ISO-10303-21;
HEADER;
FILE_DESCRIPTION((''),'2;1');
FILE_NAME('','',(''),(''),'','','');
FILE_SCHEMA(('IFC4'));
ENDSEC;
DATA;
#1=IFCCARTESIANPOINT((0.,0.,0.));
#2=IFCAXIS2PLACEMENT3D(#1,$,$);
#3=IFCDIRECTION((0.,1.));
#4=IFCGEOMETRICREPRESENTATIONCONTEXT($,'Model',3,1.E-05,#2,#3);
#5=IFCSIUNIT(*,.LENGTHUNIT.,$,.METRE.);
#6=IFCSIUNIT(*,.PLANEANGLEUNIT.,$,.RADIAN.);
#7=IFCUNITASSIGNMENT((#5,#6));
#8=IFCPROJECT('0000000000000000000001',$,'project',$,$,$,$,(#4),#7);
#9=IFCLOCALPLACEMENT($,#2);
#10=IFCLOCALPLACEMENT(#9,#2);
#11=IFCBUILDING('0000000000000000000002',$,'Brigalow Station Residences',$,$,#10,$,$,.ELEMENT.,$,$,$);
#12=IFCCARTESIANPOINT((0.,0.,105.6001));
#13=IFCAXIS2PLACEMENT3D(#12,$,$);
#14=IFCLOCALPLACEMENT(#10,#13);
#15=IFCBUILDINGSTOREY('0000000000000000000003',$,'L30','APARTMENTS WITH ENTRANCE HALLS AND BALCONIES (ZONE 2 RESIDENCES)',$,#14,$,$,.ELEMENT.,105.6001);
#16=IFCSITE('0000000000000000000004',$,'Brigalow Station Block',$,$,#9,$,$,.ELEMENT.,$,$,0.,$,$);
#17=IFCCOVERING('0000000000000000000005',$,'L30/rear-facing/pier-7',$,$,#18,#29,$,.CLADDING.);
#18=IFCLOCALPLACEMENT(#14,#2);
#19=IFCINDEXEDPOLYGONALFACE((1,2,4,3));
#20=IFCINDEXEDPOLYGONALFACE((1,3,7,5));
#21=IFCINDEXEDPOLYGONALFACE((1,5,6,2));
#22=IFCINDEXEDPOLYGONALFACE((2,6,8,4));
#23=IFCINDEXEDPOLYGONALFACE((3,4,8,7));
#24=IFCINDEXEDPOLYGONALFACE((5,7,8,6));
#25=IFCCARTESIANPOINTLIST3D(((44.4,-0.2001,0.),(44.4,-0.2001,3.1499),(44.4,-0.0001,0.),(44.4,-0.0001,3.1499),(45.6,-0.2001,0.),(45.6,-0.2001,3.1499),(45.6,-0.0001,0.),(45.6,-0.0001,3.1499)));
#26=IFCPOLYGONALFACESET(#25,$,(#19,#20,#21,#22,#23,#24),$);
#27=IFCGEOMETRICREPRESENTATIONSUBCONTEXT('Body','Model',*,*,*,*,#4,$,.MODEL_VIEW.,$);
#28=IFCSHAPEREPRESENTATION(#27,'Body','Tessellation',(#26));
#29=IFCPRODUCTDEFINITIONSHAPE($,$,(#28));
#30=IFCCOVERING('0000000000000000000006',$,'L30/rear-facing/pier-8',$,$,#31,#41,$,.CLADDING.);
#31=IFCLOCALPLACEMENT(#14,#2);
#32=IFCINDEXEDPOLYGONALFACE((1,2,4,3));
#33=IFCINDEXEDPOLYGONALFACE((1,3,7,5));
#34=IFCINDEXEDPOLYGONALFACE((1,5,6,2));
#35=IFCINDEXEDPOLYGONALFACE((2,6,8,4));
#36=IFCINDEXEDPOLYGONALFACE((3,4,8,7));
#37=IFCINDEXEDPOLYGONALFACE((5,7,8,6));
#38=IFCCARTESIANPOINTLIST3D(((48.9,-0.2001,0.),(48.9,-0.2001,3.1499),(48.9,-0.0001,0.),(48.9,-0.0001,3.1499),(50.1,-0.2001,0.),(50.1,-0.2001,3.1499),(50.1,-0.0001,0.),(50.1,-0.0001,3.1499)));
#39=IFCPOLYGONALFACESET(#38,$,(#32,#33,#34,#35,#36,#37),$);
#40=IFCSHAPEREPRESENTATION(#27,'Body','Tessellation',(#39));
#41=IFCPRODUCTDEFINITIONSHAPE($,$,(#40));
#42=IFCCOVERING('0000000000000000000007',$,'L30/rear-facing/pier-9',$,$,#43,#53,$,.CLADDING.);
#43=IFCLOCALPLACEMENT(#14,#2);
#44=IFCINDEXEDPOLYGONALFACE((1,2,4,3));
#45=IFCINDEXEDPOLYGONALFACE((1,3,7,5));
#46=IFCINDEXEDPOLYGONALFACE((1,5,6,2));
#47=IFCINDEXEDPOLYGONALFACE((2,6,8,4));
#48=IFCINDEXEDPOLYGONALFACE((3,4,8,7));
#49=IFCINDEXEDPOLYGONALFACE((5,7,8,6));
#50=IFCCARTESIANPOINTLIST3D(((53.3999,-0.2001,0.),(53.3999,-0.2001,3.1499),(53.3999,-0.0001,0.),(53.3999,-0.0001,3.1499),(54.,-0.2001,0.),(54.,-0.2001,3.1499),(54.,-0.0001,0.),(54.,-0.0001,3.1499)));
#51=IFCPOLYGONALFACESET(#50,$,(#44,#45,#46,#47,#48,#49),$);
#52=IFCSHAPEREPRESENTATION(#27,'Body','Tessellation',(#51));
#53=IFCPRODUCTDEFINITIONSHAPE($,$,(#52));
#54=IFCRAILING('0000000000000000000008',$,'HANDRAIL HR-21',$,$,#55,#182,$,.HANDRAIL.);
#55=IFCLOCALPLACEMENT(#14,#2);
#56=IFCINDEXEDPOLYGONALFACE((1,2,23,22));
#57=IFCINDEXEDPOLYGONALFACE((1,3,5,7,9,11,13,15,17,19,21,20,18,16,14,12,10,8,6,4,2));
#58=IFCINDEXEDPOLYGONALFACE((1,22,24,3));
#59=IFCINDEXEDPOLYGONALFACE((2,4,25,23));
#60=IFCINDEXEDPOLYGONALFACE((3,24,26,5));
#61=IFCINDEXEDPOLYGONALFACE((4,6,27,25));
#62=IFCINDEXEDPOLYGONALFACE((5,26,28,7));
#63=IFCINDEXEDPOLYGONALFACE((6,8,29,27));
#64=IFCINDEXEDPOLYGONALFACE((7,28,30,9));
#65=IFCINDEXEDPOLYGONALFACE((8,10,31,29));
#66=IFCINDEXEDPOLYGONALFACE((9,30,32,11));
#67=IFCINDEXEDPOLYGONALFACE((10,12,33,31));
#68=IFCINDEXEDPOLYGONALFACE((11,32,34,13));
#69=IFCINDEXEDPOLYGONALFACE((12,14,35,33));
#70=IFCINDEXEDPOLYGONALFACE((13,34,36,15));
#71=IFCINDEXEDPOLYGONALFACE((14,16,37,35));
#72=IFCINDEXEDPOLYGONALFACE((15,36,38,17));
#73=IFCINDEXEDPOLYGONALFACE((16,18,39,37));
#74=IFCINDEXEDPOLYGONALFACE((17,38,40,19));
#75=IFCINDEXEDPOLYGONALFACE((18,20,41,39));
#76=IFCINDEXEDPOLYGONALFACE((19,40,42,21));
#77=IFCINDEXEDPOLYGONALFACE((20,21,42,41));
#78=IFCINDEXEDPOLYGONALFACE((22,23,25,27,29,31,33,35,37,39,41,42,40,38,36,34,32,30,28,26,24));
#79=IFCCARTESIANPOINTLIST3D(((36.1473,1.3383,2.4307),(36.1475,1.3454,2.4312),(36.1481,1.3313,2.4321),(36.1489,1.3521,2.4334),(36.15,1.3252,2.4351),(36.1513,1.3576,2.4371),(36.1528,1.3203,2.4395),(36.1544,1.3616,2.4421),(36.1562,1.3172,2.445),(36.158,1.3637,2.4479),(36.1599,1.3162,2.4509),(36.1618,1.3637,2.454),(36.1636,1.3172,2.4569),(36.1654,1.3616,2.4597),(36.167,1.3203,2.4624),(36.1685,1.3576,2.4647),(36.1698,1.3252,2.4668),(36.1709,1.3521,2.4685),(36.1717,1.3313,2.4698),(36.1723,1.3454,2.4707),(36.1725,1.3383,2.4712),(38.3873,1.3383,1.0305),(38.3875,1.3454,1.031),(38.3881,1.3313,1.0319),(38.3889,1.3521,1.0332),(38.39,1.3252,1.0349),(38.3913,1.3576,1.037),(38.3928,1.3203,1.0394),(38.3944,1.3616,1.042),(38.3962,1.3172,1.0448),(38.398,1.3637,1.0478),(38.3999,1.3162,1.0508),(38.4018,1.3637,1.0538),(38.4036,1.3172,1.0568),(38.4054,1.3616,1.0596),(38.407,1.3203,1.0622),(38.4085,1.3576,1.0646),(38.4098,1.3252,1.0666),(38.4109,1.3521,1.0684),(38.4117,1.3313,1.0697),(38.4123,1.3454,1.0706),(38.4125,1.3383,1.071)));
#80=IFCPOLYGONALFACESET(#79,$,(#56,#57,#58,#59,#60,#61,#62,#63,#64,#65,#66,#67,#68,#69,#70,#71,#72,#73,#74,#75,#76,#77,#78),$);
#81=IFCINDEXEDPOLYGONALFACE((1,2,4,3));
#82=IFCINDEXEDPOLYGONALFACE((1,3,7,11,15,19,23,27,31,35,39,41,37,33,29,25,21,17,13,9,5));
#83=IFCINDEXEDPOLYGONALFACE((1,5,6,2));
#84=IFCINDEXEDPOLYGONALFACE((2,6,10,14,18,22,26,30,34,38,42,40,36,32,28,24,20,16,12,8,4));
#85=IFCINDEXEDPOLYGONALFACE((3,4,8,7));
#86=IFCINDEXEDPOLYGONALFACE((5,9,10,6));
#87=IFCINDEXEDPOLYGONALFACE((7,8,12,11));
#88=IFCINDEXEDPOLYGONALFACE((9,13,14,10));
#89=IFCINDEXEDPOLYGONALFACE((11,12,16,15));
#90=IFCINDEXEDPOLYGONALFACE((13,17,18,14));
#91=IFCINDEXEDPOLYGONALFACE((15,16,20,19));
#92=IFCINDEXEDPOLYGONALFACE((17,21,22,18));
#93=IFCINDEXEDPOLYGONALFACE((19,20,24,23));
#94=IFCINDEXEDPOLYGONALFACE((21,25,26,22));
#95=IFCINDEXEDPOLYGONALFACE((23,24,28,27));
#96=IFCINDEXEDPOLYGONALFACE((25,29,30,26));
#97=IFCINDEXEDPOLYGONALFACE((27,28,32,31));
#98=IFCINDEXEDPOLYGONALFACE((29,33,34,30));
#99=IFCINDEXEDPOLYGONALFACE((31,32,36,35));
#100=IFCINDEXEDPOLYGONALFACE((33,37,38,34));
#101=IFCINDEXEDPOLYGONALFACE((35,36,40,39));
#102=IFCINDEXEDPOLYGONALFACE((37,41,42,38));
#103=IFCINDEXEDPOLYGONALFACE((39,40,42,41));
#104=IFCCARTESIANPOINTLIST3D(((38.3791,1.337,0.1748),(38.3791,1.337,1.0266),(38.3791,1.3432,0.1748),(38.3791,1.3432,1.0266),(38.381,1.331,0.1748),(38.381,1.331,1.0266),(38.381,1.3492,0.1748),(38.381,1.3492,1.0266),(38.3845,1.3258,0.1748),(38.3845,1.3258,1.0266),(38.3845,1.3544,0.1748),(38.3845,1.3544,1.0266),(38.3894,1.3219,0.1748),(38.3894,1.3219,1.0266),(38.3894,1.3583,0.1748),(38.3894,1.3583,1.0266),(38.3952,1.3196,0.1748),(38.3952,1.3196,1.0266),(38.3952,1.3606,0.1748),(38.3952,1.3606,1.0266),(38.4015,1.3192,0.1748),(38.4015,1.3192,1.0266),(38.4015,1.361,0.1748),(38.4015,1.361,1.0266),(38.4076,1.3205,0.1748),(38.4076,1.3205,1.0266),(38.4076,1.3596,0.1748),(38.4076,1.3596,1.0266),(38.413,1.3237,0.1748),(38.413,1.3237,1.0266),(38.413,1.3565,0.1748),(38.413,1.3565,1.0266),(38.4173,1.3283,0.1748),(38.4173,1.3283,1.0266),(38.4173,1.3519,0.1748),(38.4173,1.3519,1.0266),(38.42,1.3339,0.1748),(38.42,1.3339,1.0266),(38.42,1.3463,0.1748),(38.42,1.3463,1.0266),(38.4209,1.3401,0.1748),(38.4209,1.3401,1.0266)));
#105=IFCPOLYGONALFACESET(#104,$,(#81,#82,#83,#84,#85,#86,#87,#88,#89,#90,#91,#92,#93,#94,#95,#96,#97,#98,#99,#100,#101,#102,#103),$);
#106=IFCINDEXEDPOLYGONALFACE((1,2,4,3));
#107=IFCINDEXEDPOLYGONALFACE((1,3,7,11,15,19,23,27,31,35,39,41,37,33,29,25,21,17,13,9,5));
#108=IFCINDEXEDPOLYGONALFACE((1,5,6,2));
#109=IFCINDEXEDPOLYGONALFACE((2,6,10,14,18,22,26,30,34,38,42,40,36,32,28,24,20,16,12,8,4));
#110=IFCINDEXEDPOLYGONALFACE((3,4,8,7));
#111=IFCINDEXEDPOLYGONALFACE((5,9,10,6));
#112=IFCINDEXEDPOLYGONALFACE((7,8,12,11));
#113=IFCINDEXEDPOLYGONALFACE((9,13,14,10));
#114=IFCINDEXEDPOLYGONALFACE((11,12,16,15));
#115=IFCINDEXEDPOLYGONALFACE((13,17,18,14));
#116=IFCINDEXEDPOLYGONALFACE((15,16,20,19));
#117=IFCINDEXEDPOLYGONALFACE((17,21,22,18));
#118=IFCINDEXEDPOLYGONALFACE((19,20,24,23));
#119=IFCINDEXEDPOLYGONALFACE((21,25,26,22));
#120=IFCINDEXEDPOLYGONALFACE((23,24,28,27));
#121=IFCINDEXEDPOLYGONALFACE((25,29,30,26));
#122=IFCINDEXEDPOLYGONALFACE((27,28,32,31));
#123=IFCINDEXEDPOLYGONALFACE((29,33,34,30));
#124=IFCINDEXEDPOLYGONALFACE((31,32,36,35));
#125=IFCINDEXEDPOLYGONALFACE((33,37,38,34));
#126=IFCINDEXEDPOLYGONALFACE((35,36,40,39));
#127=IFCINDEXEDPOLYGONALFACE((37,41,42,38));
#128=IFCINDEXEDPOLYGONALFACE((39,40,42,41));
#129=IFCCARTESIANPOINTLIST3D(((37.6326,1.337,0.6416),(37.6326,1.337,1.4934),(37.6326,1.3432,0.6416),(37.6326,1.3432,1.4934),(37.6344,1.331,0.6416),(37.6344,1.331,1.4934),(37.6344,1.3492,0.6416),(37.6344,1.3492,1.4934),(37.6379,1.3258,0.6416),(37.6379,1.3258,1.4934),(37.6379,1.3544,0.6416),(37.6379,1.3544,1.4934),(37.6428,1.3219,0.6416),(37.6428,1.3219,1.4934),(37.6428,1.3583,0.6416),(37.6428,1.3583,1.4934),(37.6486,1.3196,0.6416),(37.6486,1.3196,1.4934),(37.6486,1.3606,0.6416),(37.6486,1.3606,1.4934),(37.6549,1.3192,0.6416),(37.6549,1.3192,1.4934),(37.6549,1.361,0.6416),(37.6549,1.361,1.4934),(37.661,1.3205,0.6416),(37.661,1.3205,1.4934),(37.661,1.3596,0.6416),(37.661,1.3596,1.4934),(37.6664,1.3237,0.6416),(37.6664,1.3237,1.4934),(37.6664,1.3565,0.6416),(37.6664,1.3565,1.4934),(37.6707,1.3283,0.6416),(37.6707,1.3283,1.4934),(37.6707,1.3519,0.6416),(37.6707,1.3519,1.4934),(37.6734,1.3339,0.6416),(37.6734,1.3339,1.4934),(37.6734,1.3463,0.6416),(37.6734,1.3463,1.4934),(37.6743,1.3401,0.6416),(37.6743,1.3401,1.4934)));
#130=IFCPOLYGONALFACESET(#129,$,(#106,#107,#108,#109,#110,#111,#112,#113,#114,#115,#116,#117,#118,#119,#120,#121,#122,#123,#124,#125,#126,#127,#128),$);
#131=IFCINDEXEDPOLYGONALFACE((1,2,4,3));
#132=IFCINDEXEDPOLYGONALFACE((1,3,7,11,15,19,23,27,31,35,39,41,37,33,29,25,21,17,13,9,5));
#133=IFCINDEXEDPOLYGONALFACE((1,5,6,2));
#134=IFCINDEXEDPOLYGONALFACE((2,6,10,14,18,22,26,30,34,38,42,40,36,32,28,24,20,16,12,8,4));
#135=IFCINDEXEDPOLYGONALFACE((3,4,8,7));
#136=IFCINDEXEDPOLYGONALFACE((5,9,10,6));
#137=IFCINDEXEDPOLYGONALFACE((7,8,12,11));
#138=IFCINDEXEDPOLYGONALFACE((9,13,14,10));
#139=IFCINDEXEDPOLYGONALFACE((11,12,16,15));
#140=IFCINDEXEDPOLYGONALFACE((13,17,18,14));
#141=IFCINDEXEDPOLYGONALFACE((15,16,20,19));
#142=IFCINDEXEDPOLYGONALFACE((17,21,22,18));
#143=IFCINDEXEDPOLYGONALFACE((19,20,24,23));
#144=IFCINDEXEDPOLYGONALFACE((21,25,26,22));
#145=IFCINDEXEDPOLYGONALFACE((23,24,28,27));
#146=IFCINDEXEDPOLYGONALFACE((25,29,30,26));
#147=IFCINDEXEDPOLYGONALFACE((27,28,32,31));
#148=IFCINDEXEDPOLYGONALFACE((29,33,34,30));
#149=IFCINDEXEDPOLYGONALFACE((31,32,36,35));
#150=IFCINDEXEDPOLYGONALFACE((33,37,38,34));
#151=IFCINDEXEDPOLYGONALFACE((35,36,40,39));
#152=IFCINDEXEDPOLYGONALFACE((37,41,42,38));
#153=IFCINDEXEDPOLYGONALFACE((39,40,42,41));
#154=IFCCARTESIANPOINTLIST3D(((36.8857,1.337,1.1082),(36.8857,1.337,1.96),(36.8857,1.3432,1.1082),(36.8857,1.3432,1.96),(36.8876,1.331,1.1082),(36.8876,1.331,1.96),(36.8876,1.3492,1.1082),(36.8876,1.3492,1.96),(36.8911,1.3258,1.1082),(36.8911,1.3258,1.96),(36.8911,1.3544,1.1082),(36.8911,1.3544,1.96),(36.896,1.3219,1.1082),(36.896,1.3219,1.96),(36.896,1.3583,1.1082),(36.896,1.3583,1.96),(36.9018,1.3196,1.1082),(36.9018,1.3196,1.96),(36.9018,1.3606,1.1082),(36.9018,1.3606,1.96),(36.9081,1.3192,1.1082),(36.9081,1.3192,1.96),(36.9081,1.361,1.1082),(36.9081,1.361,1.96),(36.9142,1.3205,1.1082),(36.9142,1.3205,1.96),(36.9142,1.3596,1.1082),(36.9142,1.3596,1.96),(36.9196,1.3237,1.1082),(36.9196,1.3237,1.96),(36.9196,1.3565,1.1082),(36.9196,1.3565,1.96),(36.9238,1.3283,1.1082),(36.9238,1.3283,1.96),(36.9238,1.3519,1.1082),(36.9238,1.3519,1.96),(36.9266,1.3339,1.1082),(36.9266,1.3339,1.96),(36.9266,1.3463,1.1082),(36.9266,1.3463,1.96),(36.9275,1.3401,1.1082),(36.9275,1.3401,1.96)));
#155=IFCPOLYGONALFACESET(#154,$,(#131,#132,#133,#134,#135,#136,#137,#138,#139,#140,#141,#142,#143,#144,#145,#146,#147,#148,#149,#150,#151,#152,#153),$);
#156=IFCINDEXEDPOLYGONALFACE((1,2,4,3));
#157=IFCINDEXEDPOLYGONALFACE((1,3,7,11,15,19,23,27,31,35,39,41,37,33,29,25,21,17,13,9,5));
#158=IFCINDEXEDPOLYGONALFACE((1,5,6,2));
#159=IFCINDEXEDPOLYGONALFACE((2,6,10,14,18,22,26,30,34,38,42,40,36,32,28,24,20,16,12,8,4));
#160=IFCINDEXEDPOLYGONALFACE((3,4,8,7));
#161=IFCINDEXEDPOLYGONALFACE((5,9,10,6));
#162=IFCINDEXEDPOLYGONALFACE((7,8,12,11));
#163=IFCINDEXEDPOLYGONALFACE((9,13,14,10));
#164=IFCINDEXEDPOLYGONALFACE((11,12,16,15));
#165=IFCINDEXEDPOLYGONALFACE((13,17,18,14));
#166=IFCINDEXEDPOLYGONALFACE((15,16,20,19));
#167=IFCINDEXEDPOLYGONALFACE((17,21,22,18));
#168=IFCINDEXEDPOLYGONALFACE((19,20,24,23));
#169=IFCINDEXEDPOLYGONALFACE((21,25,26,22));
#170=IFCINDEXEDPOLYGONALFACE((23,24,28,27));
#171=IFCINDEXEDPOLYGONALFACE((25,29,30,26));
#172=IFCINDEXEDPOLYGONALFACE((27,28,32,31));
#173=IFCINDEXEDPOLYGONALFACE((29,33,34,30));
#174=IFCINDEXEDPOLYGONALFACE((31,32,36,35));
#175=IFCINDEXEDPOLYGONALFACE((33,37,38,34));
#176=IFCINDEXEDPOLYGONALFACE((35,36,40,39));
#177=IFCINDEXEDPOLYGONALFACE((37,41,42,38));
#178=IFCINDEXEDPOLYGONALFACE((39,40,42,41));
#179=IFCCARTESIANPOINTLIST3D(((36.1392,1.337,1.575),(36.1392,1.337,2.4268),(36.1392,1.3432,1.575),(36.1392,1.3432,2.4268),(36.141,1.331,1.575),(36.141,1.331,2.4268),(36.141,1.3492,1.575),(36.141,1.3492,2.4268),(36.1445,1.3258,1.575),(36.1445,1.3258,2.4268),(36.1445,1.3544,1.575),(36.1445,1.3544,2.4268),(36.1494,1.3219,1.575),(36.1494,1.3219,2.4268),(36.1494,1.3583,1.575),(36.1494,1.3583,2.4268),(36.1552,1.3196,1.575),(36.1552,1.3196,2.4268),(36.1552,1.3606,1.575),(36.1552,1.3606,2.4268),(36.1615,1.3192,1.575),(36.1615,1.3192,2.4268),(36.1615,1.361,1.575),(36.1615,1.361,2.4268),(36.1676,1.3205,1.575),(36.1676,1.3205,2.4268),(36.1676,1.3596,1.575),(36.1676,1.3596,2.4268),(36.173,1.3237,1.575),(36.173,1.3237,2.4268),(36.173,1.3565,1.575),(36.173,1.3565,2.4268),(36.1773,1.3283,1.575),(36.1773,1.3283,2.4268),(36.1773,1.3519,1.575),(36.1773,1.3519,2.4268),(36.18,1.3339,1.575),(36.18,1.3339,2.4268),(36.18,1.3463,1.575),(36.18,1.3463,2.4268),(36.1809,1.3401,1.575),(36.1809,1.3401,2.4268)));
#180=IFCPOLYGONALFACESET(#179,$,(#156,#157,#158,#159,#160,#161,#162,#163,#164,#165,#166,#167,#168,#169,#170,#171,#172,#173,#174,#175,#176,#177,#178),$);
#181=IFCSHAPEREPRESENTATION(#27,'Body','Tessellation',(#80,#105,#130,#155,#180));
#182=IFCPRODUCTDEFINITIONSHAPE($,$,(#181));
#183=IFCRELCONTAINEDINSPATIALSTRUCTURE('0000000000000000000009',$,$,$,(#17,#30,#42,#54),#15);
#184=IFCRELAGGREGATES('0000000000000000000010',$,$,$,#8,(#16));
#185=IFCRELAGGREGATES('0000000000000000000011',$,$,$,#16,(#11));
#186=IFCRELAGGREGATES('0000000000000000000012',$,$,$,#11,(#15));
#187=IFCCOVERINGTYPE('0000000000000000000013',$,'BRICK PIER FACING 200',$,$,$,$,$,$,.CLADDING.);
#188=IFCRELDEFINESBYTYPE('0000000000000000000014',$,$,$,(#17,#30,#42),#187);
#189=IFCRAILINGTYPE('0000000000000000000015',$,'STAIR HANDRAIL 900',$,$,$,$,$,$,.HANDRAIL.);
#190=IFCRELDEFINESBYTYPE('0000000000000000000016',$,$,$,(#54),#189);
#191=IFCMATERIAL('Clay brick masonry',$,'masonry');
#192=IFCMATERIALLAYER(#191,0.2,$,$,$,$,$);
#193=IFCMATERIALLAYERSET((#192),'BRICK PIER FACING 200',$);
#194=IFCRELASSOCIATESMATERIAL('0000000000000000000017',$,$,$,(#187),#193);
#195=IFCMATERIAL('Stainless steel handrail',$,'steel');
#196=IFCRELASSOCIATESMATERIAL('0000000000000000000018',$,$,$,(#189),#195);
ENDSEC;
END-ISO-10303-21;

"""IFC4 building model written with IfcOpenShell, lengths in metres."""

from ifc_helpers import new_model, si_unit, direction, frame, origin, origin_2d, place, context, subcontext, project, spatial, rectangle, circle, extrude, material, layer, layer_set, type_object, element, save


model = new_model("IFC4")

# Units and contexts
model_context = context("Model", 3, precision=1e-05, world=origin(), true_north=direction((0.0, 1.0)))
body_context = subcontext(model_context, "Body", "Model", "MODEL_VIEW")
ifc_project = project(units=[si_unit("LENGTHUNIT", "METRE"), si_unit("PLANEANGLEUNIT", "RADIAN")], contexts=[model_context])

# Site, building, storey
site_placement = place(None, origin())
site = spatial("IfcSite", under=ifc_project, at=site_placement, Name="Brigalow Station Block", CompositionType="ELEMENT", RefElevation=0.0)
building_placement = place(site_placement, origin())
building = spatial("IfcBuilding", under=site, at=building_placement, Name="Brigalow Station Residences", CompositionType="ELEMENT")
storey_placement = place(building_placement, frame((0.0, 0.0, 105.6001)))
storey = spatial("IfcBuildingStorey", under=building, at=storey_placement, Name="L30", Description="APARTMENTS WITH ENTRANCE HALLS AND BALCONIES (ZONE 2 RESIDENCES)", CompositionType="ELEMENT", Elevation=105.6001)

# Coverings
ifc_material_1 = material(Name="Clay brick masonry", Category="masonry")
ifc_layer_1 = layer(ifc_material_1, 0.2)
ifc_layer_set_1 = layer_set([ifc_layer_1], Name="BRICK PIER FACING 200")
covering_type_1 = type_object("IfcCoveringType", Name="BRICK PIER FACING 200", PredefinedType="CLADDING", material=ifc_layer_set_1)
for number, where, z_axis, x_axis, name in (
    (1, (45.0, -0.1001, 0.0), (0.0, 0.0, 1.0), (1.0, 0.0, 0.0), "L30/rear-facing/pier-7"),
    (2, (49.5, -0.1001, 0.0), (0.0, 0.0, 1.0), (1.0, 0.0, 0.0), "L30/rear-facing/pier-8"),
):
    element("IfcCovering", number, at=place(storey_placement, frame(where, z_axis=z_axis, x_axis=x_axis)), inside=storey, type_object=covering_type_1, Name=name, PredefinedType="CLADDING", context=body_context, shape_type="SweptSolid", body=[
        extrude(rectangle(XDim=1.2, YDim=0.2, at=origin_2d()), origin(), (0.0, 0.0, 1.0), 3.1499),
    ])
covering_placement = place(storey_placement, frame((53.7, -0.1001, 0.0), z_axis=(0.0, 0.0, 1.0), x_axis=(1.0, 0.0, 0.0)))
element("IfcCovering", 3, at=covering_placement, inside=storey, type_object=covering_type_1, Name="L30/rear-facing/pier-9", PredefinedType="CLADDING", context=body_context, shape_type="SweptSolid", body=[
    extrude(rectangle(XDim=0.6001, YDim=0.2, at=origin_2d()), origin(), (0.0, 0.0, 1.0), 3.1499),
])

# Railing
ifc_material_2 = material(Name="Stainless steel handrail", Category="steel")
railing_type_1 = type_object("IfcRailingType", Name="STAIR HANDRAIL 900", PredefinedType="HANDRAIL", material=ifc_material_2)
railing_1_placement = place(storey_placement, frame((38.3999, 1.3401, 0.1748)))
element("IfcRailing", 4, at=railing_1_placement, inside=storey, type_object=railing_type_1, Name="HANDRAIL HR-21", PredefinedType="HANDRAIL", context=body_context, shape_type="SweptSolid", body=[
    extrude(circle(Radius=0.0239, at=origin_2d()), frame((0.0, 0.0, 0.876), z_axis=(-0.847972, 0.0, 0.53004), x_axis=(0.0, -1.0, 0.0)), (0.0, 0.0, 1.0), 2.6416),
    extrude(circle(Radius=0.021, at=origin_2d()), origin(), (0.0, 0.0, 1.0), 0.8518),
    extrude(circle(Radius=0.021, at=origin_2d()), frame((-0.7466, 0.0, 0.4668)), (0.0, 0.0, 1.0), 0.8518),
    extrude(circle(Radius=0.021, at=origin_2d()), frame((-1.4934, 0.0, 0.9333)), (0.0, 0.0, 1.0), 0.8518),
    extrude(circle(Radius=0.021, at=origin_2d()), frame((-2.24, 0.0, 1.4001)), (0.0, 0.0, 1.0), 0.8518),
])

save(model, "model.ifc")
